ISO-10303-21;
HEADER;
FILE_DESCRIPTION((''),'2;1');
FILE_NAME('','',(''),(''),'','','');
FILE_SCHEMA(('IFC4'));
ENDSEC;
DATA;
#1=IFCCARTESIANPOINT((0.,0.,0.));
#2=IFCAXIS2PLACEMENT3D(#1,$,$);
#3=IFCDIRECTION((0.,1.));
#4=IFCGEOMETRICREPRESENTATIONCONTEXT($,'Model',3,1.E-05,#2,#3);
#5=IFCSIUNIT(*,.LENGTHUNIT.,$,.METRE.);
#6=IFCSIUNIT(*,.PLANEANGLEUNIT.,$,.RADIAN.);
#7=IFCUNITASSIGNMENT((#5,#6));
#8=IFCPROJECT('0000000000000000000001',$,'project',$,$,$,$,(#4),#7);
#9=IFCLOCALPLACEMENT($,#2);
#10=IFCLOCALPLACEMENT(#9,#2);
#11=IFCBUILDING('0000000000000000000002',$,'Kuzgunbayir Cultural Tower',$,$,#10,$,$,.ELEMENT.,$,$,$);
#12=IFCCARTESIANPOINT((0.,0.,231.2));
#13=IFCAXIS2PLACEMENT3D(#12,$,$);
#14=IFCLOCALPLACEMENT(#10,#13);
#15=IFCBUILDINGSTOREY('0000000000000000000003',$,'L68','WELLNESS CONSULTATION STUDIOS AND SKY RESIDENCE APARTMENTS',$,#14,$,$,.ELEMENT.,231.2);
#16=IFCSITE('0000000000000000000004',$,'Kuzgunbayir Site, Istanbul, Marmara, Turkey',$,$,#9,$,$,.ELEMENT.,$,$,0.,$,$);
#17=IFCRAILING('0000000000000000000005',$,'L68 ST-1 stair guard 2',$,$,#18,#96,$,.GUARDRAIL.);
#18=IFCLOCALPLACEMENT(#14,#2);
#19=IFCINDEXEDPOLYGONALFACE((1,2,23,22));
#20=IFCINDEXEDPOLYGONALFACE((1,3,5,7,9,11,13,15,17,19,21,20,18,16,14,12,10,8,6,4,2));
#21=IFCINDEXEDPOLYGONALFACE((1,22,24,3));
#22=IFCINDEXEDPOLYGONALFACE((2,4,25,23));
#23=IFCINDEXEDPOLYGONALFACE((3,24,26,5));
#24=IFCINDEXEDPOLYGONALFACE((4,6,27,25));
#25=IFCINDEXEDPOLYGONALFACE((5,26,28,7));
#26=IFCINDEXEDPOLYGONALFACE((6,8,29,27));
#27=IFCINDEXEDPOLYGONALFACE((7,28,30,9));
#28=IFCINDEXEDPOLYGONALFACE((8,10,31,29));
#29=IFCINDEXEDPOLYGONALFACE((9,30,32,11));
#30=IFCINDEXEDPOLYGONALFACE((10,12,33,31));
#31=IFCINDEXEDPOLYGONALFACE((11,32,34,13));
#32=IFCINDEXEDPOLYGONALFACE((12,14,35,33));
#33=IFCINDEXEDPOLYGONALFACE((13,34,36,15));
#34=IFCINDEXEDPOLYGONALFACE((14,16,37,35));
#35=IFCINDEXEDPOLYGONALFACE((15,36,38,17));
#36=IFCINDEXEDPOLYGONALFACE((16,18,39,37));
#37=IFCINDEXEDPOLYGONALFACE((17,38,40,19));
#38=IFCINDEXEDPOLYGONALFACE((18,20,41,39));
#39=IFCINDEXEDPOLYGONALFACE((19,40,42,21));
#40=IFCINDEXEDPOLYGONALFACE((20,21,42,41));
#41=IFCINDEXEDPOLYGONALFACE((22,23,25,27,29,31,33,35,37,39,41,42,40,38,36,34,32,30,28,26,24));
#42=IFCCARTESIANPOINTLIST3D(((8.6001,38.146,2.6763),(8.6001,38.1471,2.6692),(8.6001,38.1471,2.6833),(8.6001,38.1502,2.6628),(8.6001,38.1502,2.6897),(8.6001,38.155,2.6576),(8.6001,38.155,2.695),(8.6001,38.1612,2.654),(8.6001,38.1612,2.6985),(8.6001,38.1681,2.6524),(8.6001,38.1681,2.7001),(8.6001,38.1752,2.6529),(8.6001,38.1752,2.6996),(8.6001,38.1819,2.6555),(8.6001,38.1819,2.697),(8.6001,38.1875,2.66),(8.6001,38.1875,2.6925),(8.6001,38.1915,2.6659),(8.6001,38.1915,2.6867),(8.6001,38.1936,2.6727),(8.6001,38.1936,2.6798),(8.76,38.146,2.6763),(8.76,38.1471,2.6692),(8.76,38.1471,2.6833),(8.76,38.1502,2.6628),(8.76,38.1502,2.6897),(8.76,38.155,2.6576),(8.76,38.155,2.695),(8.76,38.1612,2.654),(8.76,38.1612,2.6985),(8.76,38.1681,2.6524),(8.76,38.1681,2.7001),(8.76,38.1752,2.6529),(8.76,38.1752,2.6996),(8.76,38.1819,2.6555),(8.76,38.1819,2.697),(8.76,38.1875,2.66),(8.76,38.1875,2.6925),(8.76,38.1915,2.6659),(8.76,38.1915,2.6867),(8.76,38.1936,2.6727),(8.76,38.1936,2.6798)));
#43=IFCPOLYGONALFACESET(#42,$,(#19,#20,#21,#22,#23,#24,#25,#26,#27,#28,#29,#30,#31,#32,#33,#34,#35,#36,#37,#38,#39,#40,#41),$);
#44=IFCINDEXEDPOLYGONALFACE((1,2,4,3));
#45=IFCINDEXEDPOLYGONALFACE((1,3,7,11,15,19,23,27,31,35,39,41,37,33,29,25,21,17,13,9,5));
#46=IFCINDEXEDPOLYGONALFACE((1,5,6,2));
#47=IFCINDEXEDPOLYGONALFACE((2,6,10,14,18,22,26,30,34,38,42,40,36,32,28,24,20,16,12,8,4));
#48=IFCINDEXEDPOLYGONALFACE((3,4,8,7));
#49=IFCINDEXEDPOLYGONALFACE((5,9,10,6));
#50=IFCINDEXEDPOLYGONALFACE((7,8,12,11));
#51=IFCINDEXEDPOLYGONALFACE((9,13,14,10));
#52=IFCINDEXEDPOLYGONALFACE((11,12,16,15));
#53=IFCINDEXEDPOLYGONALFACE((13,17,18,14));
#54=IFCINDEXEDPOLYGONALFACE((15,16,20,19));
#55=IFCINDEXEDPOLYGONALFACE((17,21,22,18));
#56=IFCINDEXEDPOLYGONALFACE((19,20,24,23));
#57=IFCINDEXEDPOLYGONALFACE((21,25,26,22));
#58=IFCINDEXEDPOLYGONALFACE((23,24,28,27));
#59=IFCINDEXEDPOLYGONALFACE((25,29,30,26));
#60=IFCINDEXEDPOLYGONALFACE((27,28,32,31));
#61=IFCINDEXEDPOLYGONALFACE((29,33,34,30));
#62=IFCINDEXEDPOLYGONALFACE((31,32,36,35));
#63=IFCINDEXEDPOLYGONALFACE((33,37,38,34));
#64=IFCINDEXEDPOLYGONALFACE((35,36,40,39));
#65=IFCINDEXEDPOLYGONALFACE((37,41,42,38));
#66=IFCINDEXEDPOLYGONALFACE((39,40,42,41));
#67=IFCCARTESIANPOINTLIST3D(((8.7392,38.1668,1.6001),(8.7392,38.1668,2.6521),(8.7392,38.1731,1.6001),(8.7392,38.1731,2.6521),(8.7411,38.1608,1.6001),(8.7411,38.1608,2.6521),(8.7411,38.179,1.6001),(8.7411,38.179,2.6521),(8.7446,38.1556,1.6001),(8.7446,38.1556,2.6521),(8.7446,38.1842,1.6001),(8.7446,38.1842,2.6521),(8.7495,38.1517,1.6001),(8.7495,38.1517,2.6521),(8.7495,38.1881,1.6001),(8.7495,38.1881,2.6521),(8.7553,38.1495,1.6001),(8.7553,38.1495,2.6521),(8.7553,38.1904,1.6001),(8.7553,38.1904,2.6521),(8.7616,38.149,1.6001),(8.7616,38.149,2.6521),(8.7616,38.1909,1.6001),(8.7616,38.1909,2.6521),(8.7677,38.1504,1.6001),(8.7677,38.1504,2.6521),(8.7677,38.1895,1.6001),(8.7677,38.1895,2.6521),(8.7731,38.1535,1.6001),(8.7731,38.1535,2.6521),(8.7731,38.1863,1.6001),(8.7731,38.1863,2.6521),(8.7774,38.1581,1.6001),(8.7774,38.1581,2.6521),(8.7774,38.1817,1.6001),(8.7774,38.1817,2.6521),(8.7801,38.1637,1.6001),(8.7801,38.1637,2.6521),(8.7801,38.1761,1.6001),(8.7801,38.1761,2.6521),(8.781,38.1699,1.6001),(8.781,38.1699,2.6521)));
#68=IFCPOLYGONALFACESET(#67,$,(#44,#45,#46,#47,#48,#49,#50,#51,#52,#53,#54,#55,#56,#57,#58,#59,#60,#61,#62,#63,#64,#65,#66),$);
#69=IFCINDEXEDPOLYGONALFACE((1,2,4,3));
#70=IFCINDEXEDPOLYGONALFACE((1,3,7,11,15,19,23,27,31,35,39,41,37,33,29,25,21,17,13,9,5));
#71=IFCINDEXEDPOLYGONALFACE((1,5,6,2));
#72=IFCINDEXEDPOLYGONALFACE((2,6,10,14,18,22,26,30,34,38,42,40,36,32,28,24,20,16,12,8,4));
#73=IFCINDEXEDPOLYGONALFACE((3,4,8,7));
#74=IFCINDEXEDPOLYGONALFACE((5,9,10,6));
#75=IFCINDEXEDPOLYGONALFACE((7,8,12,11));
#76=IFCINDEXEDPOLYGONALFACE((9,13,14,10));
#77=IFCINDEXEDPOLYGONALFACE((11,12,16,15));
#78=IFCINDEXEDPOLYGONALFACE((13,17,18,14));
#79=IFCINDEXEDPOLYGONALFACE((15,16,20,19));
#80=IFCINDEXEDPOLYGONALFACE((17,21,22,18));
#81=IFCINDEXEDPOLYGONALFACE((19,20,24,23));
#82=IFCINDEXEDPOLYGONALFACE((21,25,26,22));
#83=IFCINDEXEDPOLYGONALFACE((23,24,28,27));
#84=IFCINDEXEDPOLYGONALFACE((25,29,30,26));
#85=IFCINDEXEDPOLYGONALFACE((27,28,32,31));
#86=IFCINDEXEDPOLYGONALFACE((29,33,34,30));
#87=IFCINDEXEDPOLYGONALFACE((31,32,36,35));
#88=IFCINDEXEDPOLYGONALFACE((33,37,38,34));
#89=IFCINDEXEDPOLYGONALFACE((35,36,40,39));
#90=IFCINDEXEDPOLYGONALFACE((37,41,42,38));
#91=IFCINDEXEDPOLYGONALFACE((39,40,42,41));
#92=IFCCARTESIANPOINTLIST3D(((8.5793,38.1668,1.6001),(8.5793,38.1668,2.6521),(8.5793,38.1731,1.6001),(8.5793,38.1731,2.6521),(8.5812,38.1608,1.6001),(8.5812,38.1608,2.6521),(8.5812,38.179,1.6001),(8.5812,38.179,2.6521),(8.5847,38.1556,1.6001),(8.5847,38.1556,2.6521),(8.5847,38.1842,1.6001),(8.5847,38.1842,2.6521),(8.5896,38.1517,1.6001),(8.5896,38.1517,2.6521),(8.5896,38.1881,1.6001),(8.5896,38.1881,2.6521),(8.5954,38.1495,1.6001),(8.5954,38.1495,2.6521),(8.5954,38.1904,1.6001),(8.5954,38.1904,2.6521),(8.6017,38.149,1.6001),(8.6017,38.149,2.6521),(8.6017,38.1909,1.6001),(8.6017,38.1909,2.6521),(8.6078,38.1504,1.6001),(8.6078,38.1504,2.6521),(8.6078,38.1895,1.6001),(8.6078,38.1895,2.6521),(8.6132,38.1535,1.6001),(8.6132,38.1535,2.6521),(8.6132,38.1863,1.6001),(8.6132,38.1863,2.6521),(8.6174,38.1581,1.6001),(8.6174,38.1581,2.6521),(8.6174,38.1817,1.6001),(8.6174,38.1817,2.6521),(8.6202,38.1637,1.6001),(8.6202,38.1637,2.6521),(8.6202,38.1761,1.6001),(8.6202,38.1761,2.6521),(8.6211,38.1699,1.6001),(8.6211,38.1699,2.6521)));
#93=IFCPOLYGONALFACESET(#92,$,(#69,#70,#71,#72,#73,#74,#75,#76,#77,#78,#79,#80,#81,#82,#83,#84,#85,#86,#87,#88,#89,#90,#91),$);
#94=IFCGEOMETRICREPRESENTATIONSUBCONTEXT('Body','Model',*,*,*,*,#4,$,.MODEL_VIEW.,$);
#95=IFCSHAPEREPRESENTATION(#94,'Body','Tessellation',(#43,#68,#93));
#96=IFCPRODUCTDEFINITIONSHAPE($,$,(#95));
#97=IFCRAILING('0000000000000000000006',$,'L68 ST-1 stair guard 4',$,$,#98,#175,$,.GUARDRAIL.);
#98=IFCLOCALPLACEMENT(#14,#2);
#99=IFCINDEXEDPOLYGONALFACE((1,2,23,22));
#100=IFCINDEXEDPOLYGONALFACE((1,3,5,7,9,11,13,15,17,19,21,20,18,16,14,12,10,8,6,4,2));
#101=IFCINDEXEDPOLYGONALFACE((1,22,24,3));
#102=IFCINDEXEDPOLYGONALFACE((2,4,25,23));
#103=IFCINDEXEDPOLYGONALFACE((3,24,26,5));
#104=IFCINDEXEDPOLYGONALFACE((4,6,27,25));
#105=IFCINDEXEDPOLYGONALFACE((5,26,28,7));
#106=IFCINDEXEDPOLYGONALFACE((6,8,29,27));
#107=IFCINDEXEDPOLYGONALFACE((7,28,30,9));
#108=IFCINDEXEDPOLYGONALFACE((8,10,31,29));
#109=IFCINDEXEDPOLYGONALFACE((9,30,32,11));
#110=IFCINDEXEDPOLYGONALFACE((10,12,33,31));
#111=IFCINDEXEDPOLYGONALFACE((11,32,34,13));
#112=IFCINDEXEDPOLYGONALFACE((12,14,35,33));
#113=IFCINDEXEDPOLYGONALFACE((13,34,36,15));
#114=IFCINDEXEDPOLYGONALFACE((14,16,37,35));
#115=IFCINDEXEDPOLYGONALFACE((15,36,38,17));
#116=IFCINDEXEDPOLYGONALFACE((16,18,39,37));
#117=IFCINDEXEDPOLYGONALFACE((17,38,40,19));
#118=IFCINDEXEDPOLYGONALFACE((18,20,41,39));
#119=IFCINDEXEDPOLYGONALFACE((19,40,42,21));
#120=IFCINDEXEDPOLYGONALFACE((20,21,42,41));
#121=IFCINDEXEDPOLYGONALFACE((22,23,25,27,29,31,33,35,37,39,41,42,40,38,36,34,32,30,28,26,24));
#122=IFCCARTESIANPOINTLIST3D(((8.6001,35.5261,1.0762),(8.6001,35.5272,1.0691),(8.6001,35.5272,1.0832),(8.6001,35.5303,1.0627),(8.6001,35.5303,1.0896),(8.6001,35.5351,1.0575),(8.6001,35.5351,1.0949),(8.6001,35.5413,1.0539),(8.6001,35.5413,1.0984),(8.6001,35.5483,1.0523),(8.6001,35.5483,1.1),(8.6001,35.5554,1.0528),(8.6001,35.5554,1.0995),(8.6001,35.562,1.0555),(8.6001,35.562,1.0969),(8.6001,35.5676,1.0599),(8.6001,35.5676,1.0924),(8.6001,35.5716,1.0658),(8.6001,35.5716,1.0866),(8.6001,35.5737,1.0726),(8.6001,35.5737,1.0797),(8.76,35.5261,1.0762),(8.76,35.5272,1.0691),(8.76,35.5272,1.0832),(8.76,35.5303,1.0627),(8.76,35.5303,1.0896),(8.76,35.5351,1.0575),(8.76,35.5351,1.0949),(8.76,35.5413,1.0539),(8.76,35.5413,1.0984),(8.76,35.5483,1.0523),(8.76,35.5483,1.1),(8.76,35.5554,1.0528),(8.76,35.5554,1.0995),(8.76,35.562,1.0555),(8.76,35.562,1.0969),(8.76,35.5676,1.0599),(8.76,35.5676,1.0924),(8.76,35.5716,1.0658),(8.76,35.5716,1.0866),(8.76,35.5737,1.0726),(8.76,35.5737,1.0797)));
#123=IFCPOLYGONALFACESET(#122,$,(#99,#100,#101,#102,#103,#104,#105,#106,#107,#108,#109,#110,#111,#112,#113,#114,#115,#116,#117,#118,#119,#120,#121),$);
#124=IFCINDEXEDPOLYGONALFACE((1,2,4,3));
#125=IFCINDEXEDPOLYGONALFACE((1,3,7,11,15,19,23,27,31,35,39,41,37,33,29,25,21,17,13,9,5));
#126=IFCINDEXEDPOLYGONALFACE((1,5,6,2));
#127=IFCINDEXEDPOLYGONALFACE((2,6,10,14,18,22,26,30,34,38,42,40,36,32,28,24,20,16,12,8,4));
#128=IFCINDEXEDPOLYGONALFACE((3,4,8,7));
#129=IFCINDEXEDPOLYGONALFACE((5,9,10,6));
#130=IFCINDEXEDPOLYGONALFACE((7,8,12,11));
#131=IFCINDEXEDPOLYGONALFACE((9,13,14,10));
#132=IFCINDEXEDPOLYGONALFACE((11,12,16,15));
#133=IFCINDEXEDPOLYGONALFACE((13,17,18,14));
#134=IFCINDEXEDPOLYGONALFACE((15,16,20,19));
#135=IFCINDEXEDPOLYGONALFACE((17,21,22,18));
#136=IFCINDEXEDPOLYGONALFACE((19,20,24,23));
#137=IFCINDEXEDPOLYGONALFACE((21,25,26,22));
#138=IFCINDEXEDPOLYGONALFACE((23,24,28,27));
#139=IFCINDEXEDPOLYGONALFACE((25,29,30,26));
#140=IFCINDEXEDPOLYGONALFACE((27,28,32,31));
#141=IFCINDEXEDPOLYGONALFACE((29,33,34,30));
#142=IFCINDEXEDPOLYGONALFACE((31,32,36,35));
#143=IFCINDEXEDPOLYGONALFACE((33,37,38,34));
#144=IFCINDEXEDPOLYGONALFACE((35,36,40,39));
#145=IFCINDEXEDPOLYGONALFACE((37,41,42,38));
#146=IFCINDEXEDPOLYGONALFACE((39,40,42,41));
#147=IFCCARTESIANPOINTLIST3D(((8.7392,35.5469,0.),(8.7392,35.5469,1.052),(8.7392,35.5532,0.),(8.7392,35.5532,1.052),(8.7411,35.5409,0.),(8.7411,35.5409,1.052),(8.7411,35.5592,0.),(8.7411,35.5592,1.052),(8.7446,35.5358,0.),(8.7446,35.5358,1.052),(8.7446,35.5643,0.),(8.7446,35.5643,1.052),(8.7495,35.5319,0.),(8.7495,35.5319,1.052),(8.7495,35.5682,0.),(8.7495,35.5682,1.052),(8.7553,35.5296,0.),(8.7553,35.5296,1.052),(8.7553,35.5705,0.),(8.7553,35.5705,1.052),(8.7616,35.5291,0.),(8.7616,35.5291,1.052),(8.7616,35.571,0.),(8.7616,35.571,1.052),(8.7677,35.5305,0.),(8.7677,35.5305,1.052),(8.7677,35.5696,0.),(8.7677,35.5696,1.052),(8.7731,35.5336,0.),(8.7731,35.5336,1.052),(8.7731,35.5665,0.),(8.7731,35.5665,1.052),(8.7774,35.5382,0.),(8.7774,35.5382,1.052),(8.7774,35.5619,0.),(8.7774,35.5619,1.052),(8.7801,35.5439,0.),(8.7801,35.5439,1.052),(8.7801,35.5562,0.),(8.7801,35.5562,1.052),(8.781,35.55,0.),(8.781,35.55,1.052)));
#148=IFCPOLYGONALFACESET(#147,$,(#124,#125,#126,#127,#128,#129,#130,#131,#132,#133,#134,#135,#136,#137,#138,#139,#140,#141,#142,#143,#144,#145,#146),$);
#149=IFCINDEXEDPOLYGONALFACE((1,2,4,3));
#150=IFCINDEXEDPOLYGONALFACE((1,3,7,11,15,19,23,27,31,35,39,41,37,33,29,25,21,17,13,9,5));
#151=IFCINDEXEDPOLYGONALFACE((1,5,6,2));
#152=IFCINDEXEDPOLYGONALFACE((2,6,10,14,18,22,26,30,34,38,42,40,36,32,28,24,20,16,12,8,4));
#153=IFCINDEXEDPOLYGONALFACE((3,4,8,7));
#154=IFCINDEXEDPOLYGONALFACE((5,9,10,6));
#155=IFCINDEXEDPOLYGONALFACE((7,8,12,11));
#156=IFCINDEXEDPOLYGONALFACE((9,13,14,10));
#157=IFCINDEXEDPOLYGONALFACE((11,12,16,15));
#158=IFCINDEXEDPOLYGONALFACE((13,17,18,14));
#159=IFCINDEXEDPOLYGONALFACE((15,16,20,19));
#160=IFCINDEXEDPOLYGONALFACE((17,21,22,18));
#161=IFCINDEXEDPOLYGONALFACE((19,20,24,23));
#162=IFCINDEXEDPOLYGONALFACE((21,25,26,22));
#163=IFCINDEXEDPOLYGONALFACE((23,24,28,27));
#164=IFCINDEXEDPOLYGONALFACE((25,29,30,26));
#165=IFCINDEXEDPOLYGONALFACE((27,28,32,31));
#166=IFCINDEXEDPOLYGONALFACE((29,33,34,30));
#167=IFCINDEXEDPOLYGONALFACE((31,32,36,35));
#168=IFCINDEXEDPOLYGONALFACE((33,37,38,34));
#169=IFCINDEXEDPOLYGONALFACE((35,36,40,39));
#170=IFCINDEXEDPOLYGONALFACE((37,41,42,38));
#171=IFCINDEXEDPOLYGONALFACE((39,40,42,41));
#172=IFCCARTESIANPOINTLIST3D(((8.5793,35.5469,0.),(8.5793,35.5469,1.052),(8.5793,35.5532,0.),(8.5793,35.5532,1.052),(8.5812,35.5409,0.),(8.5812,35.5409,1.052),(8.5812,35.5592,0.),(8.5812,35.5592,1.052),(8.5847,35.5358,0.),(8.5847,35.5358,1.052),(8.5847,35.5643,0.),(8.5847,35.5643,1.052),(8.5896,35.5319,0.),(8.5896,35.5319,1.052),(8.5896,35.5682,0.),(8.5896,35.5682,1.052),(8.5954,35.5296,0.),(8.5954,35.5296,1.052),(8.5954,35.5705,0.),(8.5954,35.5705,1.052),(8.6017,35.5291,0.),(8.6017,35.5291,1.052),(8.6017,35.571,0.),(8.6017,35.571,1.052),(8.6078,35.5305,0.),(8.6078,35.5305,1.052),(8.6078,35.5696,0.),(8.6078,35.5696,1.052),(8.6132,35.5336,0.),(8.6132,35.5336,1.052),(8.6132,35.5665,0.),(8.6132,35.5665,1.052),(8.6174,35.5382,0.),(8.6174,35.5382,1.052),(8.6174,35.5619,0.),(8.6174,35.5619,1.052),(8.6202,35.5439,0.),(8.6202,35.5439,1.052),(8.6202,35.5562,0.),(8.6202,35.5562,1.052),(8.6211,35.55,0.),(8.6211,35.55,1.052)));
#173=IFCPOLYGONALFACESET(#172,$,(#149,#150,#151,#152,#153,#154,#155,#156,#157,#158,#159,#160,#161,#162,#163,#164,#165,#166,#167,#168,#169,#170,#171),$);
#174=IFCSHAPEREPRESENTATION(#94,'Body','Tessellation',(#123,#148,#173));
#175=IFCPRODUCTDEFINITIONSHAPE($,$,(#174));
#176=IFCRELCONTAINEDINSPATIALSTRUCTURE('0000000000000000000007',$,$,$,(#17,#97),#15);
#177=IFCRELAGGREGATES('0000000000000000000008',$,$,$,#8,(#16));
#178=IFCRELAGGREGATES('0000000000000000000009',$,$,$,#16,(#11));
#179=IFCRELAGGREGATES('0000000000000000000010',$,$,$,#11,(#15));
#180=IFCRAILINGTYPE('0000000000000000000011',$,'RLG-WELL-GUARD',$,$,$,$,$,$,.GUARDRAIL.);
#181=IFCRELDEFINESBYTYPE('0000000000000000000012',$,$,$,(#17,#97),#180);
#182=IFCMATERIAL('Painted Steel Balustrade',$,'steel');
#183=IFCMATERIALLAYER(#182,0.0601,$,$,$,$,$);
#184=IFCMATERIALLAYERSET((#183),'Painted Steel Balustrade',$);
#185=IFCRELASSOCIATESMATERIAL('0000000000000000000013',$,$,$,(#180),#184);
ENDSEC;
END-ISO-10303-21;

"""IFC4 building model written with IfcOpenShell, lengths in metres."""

from ifc_helpers import new_model, si_unit, direction, frame, origin, origin_2d, place, context, subcontext, project, spatial, circle, extrude, material, layer, layer_set, type_object, element, save


model = new_model("IFC4")

# Units and contexts
model_context = context("Model", 3, precision=1e-05, world=origin(), true_north=direction((0.0, 1.0)))
body_context = subcontext(model_context, "Body", "Model", "MODEL_VIEW")
ifc_project = project(units=[si_unit("LENGTHUNIT", "METRE"), si_unit("PLANEANGLEUNIT", "RADIAN")], contexts=[model_context])

# Site, building, storey
site_placement = place(None, origin())
site = spatial("IfcSite", under=ifc_project, at=site_placement, Name="Kuzgunbayir Site, Istanbul, Marmara, Turkey", CompositionType="ELEMENT", RefElevation=0.0)
building_placement = place(site_placement, origin())
building = spatial("IfcBuilding", under=site, at=building_placement, Name="Kuzgunbayir Cultural Tower", CompositionType="ELEMENT")
storey_placement = place(building_placement, frame((0.0, 0.0, 231.2)))
storey = spatial("IfcBuildingStorey", under=building, at=storey_placement, Name="L68", Description="WELLNESS CONSULTATION STUDIOS AND SKY RESIDENCE APARTMENTS", CompositionType="ELEMENT", Elevation=231.2)

# Railings
ifc_material_1 = material(Name="Painted Steel Balustrade", Category="steel")
ifc_layer_1 = layer(ifc_material_1, 0.0601)
ifc_layer_set_1 = layer_set([ifc_layer_1], Name="Painted Steel Balustrade")
railing_type_1 = type_object("IfcRailingType", Name="RLG-WELL-GUARD", PredefinedType="GUARDRAIL", material=ifc_layer_set_1)
for number, where, name in (
    (1, (8.76, 38.1699, 1.6001), "L68 ST-1 stair guard 2"),
    (2, (8.76, 35.55, 0.0), "L68 ST-1 stair guard 4"),
):
    element("IfcRailing", number, at=place(storey_placement, frame(where)), inside=storey, type_object=railing_type_1, Name=name, PredefinedType="GUARDRAIL", context=body_context, shape_type="SweptSolid", body=[
        extrude(circle(Radius=0.0239, at=origin_2d()), frame((0.0, 0.0, 1.0762), z_axis=(-1.0, 0.0, 0.0), x_axis=(0.0, -1.0, 0.0)), (0.0, 0.0, 1.0), 0.1599),
        extrude(circle(Radius=0.021, at=origin_2d()), origin(), (0.0, 0.0, 1.0), 1.052),
        extrude(circle(Radius=0.021, at=origin_2d()), frame((-0.1599, 0.0, 0.0)), (0.0, 0.0, 1.0), 1.052),
    ])

save(model, "model.ifc")
